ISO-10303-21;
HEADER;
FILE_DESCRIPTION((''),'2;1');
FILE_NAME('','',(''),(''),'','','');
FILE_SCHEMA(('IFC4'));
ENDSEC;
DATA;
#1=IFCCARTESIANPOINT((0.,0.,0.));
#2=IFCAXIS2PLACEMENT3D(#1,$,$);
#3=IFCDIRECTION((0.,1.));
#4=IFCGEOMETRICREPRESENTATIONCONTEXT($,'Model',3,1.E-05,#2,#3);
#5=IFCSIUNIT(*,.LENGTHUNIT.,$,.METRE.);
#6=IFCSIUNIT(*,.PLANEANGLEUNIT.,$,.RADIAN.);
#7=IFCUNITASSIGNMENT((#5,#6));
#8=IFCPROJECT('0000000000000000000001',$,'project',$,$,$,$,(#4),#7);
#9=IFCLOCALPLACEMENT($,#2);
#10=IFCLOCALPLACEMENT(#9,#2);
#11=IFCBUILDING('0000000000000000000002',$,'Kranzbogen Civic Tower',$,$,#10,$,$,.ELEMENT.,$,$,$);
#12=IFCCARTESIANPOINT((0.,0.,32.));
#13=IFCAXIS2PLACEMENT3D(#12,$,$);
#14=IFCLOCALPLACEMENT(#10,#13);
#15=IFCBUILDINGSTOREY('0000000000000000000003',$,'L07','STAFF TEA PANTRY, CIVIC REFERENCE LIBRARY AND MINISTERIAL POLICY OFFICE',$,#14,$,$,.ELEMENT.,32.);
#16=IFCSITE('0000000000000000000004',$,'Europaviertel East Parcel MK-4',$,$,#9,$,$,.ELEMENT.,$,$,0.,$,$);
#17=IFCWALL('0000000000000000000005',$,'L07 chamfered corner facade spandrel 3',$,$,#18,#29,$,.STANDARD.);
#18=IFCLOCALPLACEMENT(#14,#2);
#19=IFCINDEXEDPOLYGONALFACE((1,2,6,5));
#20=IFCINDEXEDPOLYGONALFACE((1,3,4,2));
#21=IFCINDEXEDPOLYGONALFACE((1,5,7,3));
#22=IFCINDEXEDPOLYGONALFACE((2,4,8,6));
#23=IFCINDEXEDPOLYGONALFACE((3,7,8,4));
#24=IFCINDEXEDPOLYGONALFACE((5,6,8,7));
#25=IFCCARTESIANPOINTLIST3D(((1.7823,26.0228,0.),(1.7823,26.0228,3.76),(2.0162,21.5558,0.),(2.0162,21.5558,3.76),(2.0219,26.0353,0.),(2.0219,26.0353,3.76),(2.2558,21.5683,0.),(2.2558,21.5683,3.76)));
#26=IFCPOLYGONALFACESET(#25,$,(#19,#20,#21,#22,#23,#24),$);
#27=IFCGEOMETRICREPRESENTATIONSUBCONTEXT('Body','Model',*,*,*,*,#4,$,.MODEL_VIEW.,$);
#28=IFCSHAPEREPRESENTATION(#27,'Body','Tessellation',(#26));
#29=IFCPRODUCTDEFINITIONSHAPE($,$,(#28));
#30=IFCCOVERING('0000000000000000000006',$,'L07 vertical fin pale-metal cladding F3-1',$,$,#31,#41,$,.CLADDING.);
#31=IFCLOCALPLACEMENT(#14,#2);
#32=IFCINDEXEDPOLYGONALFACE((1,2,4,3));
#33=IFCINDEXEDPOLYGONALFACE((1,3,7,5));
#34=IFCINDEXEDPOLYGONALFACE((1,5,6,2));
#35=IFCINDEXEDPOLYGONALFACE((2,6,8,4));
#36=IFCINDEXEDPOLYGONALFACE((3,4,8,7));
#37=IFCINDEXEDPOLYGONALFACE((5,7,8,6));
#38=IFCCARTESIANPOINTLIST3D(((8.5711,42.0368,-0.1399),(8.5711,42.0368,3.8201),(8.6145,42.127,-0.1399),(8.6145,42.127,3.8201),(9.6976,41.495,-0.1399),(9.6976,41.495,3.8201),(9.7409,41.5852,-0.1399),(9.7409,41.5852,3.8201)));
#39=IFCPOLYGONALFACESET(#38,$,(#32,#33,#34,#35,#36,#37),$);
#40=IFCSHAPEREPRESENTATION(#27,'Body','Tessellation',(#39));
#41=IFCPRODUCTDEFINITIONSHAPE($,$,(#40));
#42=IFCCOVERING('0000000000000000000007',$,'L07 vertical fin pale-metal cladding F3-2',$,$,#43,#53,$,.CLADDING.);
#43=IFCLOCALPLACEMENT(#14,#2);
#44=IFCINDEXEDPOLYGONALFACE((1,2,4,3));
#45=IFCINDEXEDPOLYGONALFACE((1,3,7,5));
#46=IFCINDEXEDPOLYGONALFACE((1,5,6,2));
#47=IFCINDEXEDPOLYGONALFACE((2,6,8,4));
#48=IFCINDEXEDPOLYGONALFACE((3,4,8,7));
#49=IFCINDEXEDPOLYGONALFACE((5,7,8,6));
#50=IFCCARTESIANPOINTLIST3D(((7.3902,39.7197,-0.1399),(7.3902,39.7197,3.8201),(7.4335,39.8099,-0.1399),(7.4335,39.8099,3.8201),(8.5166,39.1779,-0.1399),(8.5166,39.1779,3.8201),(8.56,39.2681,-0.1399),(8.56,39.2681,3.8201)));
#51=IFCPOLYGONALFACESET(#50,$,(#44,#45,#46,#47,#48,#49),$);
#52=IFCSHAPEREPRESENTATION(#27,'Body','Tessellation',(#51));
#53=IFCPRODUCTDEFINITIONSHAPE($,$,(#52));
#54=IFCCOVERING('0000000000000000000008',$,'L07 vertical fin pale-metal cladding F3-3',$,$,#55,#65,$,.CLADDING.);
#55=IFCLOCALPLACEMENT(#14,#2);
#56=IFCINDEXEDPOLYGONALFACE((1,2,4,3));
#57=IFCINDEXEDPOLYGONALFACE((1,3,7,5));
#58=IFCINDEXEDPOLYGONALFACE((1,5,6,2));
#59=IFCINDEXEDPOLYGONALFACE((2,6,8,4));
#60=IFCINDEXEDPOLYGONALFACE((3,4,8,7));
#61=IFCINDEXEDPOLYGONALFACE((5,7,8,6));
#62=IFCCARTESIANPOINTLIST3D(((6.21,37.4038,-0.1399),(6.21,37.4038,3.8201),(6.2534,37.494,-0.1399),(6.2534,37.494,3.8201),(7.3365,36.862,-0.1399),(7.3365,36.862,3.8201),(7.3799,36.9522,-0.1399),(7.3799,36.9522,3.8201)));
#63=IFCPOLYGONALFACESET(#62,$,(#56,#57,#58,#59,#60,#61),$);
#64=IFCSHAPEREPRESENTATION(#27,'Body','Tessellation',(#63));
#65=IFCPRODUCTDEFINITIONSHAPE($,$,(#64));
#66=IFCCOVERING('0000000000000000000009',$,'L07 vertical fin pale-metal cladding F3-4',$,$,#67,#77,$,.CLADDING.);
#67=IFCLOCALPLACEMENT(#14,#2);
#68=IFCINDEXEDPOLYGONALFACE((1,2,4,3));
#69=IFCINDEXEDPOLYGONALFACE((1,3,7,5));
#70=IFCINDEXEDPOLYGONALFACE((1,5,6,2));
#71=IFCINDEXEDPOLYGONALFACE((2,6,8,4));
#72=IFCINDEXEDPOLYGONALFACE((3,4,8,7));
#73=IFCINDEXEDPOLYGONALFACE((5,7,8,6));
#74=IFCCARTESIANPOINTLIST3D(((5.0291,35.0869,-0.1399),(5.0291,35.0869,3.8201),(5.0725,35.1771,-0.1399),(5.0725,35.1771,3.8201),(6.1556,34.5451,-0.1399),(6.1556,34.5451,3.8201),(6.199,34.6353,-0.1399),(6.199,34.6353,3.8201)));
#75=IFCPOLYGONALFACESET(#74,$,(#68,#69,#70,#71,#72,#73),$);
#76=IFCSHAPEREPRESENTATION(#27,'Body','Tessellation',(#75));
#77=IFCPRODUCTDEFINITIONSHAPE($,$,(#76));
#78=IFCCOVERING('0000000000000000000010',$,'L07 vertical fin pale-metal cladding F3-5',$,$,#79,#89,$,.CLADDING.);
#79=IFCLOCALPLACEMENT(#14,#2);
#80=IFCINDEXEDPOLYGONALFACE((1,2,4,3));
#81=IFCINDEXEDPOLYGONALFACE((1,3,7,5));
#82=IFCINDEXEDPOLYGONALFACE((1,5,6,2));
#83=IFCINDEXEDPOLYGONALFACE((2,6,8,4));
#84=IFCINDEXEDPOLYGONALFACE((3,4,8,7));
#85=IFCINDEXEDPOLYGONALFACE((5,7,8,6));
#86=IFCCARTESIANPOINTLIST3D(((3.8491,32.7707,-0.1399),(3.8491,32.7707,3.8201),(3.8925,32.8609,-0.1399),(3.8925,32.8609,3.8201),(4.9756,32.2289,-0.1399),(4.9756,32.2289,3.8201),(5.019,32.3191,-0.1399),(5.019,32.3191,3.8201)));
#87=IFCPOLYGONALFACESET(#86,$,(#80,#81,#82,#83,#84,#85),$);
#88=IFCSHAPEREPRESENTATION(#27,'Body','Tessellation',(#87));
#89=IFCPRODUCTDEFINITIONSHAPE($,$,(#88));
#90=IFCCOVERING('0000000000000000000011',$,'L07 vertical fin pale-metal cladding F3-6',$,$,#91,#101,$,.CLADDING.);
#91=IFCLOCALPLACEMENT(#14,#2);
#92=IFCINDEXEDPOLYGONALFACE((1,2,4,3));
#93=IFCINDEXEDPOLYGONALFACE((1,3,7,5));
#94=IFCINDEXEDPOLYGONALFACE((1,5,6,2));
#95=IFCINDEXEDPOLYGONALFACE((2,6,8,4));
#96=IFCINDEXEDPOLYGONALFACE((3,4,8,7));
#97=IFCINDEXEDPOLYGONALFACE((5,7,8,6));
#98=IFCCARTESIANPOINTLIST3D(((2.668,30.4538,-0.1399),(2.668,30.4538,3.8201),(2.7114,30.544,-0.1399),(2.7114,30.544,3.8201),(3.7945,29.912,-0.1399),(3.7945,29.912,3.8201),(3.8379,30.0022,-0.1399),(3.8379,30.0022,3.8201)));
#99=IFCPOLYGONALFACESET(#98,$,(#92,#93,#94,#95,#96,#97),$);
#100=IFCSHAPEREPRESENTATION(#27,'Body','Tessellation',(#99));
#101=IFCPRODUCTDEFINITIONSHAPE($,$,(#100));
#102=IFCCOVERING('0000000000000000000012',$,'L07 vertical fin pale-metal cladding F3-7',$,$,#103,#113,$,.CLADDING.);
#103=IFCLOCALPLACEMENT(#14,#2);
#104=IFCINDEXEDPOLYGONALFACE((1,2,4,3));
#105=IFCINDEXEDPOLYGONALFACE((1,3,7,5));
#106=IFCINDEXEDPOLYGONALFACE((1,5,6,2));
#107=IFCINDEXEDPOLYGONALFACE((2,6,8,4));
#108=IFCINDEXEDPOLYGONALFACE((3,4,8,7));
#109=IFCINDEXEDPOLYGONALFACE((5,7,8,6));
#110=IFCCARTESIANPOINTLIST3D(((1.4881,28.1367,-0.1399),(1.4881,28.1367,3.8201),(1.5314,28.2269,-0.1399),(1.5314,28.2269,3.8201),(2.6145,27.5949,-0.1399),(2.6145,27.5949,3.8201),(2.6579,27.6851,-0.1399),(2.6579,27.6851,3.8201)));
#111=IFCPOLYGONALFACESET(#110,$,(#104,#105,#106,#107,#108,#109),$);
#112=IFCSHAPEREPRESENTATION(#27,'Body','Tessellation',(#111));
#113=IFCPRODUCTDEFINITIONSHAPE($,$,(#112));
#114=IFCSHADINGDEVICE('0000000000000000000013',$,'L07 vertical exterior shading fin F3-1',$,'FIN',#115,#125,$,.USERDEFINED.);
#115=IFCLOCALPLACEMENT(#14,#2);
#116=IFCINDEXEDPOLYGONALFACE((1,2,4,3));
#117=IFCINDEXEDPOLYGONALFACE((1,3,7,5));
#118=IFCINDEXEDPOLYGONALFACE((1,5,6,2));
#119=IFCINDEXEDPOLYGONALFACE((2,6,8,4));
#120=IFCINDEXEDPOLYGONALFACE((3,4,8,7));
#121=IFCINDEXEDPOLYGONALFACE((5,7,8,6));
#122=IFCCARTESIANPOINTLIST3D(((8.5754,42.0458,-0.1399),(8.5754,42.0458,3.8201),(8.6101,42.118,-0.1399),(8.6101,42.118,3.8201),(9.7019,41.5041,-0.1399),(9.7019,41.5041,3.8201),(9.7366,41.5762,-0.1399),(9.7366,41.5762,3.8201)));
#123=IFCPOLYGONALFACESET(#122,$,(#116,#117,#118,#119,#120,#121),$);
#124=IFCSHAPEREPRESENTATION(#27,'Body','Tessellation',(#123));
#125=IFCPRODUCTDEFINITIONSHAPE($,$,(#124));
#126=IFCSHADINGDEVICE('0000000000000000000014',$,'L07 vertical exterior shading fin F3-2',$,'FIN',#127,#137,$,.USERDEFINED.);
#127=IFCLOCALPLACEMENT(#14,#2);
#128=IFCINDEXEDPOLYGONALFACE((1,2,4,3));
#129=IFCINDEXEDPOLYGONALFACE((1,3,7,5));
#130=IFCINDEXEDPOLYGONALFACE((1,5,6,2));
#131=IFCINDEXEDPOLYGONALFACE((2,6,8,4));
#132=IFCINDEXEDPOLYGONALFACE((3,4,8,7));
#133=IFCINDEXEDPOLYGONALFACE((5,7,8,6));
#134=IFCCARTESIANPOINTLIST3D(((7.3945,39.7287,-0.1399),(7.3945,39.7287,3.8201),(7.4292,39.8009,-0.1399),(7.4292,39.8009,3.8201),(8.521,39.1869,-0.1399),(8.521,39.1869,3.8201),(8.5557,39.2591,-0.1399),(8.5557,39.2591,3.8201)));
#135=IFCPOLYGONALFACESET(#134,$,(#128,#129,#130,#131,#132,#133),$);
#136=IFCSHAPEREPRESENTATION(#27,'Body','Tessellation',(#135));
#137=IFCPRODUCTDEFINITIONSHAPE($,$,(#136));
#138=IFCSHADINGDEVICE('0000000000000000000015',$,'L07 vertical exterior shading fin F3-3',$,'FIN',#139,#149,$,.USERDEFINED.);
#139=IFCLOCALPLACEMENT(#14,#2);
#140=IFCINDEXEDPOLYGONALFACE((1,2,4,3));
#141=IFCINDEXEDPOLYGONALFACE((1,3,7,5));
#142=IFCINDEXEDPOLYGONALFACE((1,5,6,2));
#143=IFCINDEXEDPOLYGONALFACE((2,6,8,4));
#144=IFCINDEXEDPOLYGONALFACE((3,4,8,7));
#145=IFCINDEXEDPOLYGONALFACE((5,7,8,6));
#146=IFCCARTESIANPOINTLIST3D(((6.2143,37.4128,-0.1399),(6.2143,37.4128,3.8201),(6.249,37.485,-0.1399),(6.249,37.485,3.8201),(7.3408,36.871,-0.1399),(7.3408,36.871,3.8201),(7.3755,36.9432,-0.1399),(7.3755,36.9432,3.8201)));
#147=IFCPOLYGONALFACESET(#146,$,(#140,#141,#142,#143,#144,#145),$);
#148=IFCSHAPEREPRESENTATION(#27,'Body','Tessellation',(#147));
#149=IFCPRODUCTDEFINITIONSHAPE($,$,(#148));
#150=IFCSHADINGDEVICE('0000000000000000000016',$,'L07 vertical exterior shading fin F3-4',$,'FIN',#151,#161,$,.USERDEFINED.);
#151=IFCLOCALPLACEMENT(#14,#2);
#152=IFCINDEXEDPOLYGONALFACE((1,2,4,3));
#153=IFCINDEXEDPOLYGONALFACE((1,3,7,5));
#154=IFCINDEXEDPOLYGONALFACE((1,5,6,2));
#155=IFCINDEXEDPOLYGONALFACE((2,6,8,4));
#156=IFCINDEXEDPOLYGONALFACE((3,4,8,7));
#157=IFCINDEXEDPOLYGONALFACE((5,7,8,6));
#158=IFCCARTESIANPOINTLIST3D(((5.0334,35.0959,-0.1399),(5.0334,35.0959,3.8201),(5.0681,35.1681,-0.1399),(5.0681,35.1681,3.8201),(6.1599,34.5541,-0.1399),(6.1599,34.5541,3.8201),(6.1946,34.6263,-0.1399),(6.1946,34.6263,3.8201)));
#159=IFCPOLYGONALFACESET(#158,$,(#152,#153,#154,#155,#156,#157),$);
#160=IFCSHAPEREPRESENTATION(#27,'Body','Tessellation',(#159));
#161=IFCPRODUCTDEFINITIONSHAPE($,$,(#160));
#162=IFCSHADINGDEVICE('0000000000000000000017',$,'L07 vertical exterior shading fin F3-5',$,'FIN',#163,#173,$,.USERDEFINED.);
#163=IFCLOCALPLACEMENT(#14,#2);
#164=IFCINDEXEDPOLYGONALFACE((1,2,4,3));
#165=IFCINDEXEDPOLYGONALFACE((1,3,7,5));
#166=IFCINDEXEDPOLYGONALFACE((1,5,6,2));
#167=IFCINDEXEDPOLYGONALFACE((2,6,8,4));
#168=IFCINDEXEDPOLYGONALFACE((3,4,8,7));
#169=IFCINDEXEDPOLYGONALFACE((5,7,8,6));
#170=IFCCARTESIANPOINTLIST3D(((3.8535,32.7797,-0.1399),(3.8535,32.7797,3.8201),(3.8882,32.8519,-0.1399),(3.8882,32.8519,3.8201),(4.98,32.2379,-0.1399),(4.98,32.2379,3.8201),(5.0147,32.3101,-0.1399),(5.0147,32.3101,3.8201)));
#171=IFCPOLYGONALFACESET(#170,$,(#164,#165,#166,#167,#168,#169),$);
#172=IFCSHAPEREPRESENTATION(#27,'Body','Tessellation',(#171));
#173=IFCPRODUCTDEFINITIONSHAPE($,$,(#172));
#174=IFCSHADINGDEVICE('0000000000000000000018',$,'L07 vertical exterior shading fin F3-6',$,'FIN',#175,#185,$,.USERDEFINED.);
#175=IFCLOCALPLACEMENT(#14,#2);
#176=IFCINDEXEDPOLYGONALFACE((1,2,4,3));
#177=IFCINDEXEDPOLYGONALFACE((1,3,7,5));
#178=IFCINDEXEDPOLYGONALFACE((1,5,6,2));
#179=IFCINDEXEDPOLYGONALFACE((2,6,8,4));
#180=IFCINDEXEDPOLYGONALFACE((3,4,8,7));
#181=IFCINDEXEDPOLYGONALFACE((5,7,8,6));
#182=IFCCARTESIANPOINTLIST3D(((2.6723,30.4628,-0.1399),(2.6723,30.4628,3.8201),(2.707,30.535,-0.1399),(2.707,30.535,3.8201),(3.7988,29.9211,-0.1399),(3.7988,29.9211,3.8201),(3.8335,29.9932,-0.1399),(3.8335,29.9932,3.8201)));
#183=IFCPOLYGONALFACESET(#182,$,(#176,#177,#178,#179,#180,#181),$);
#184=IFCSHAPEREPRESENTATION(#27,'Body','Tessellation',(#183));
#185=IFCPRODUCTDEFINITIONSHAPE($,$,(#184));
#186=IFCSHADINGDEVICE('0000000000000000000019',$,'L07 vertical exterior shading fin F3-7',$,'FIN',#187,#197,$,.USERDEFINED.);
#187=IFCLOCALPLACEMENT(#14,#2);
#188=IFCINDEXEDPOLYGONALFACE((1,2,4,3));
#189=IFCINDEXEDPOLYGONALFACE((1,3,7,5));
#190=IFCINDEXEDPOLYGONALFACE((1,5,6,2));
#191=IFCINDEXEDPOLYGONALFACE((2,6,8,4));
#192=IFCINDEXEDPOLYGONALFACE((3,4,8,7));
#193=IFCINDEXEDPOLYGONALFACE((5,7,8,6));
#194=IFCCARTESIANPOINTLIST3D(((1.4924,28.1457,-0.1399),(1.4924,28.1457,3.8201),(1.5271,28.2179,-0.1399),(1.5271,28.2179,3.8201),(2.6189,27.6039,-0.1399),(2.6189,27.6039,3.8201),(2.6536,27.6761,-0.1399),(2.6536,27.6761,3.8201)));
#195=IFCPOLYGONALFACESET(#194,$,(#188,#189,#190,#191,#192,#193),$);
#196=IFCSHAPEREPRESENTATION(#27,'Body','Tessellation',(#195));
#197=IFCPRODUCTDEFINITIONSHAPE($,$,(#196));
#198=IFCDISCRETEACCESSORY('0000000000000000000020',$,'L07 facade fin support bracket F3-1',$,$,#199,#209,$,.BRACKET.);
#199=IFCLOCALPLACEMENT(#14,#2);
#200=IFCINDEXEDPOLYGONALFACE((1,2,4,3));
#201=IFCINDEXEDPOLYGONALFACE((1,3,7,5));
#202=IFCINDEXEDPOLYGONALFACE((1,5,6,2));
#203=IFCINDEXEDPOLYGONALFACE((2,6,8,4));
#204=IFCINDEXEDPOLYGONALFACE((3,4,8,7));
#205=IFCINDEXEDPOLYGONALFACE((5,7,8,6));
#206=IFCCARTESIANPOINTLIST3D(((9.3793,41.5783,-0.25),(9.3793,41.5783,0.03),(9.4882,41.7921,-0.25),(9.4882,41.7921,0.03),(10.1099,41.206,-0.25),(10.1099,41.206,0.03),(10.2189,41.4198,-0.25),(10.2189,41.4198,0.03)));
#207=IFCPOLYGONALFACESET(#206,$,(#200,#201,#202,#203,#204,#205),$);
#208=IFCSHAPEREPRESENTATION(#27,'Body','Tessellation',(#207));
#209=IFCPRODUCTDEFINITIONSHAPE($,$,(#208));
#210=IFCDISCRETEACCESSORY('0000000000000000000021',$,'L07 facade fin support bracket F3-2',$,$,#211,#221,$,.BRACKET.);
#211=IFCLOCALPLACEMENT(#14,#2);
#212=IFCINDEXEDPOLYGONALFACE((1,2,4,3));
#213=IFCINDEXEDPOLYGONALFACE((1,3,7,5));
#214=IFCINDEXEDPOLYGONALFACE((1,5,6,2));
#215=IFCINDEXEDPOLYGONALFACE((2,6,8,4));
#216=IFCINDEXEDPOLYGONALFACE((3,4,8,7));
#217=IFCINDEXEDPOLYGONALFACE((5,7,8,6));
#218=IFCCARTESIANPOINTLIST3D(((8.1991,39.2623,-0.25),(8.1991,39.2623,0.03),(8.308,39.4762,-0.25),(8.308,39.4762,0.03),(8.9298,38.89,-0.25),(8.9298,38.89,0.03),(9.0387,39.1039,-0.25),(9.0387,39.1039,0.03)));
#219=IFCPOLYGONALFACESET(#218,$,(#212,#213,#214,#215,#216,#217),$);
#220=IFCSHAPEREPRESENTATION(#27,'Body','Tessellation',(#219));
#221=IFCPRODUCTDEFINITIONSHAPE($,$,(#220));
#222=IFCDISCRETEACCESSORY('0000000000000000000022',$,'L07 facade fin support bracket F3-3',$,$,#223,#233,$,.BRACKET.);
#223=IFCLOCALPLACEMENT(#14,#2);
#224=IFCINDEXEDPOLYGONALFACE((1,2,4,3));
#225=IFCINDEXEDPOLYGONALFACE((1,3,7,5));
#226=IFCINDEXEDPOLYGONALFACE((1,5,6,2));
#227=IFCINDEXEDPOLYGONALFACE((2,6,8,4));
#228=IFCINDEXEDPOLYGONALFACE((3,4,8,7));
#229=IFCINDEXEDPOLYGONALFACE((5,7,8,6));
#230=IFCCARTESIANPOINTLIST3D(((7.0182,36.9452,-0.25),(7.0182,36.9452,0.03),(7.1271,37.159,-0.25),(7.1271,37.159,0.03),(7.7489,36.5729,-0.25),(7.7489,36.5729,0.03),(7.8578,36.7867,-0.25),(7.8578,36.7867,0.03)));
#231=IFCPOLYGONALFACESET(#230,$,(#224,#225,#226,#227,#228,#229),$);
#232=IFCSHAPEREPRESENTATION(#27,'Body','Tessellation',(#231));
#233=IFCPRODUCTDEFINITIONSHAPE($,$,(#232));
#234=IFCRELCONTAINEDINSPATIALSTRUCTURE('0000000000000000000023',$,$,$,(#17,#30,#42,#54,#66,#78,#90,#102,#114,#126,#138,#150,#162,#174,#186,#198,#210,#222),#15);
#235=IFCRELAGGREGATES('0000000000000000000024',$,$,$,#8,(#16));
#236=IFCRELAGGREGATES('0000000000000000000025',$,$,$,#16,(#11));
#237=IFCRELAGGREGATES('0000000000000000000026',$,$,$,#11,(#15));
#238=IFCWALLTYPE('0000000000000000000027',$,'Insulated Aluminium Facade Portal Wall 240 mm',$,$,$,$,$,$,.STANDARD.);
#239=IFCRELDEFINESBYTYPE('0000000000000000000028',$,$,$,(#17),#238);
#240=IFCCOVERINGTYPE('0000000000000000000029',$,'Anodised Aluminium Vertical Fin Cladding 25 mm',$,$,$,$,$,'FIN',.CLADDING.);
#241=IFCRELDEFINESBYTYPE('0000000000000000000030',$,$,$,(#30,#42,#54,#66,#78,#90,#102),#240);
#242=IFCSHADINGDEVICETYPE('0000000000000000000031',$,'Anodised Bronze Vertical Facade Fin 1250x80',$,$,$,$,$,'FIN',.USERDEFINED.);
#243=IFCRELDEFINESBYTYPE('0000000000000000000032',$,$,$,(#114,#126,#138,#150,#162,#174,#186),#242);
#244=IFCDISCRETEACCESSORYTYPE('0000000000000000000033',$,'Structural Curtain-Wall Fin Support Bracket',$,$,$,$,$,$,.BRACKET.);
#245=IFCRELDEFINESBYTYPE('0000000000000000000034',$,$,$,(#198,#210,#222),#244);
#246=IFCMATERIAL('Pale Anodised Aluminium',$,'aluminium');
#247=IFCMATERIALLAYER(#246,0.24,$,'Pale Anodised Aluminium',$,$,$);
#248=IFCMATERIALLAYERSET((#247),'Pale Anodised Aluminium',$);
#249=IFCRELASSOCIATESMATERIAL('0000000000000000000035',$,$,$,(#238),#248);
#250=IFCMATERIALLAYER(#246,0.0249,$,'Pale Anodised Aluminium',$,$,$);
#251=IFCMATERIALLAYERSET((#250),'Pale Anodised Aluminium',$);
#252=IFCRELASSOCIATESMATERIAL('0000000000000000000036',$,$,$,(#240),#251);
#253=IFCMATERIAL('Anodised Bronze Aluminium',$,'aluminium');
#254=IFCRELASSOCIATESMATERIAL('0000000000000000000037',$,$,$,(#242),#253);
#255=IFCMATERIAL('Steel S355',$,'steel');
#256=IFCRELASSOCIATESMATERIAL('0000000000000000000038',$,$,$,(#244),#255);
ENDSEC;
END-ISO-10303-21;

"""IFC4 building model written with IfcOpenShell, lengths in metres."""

from ifc_helpers import new_model, si_unit, direction, frame, frame_2d, origin, origin_2d, place, context, subcontext, project, spatial, rectangle, extrude, material, layer, layer_set, type_object, element, save


model = new_model("IFC4")

# Units and contexts
model_context = context("Model", 3, precision=1e-05, world=origin(), true_north=direction((0.0, 1.0)))
body_context = subcontext(model_context, "Body", "Model", "MODEL_VIEW")
ifc_project = project(units=[si_unit("LENGTHUNIT", "METRE"), si_unit("PLANEANGLEUNIT", "RADIAN")], contexts=[model_context])

# Site, building, storey
site_placement = place(None, origin())
site = spatial("IfcSite", under=ifc_project, at=site_placement, Name="Europaviertel East Parcel MK-4", CompositionType="ELEMENT", RefElevation=0.0)
building_placement = place(site_placement, origin())
building = spatial("IfcBuilding", under=site, at=building_placement, Name="Kranzbogen Civic Tower", CompositionType="ELEMENT")
storey_placement = place(building_placement, frame((0.0, 0.0, 32.0)))
storey = spatial("IfcBuildingStorey", under=building, at=storey_placement, Name="L07", Description="STAFF TEA PANTRY, CIVIC REFERENCE LIBRARY AND MINISTERIAL POLICY OFFICE", CompositionType="ELEMENT", Elevation=32.0)

# Shared definitions
ifc_material_1 = material(Name="Pale Anodised Aluminium", Category="aluminium")

# Shared definitions
ifc_material_2 = material(Name="Steel S355", Category="steel")

# Wall
ifc_layer_1 = layer(ifc_material_1, 0.24, Name="Pale Anodised Aluminium")
ifc_layer_set_1 = layer_set([ifc_layer_1], Name="Pale Anodised Aluminium")
wall_type = type_object("IfcWallType", Name="Insulated Aluminium Facade Portal Wall 240 mm", PredefinedType="STANDARD", material=ifc_layer_set_1)
wall_placement = place(storey_placement, frame((1.9021, 26.0291, 0.0), z_axis=(0.0, 0.0, 1.0), x_axis=(0.052287, -0.998632, 0.0)))
element("IfcWall", 1, at=wall_placement, inside=storey, type_object=wall_type, Name="L07 chamfered corner facade spandrel 3", PredefinedType="STANDARD", context=body_context, shape_type="SweptSolid", body=[
    extrude(rectangle(XDim=4.4731, YDim=0.24, at=frame_2d((2.2366, 0.0))), origin(), (0.0, 0.0, 1.0), 3.76),
])

# Coverings
ifc_layer_2 = layer(ifc_material_1, 0.0249, Name="Pale Anodised Aluminium")
ifc_layer_set_2 = layer_set([ifc_layer_2], Name="Pale Anodised Aluminium")
covering_type = type_object("IfcCoveringType", Name="Anodised Aluminium Vertical Fin Cladding 25 mm", ElementType="FIN", PredefinedType="CLADDING", material=ifc_layer_set_2)
for number, where, z_axis, x_axis, name in (
    (2, (9.156, 41.811, -0.1399), (0.0, 0.0, 1.0), (-0.901191, 0.433423, 0.0), "L07 vertical fin pale-metal cladding F3-1"),
    (3, (7.9751, 39.4939, -0.1399), (0.0, 0.0, 1.0), (-0.901191, 0.433423, 0.0), "L07 vertical fin pale-metal cladding F3-2"),
    (4, (6.7949, 37.178, -0.1399), (0.0, 0.0, 1.0), (-0.901191, 0.433423, 0.0), "L07 vertical fin pale-metal cladding F3-3"),
    (5, (5.614, 34.8611, -0.1399), (0.0, 0.0, 1.0), (-0.901191, 0.433423, 0.0), "L07 vertical fin pale-metal cladding F3-4"),
    (6, (4.4341, 32.5449, -0.1399), (0.0, 0.0, 1.0), (-0.901191, 0.433423, 0.0), "L07 vertical fin pale-metal cladding F3-5"),
    (7, (3.2529, 30.228, -0.1399), (0.0, 0.0, 1.0), (-0.901191, 0.433423, 0.0), "L07 vertical fin pale-metal cladding F3-6"),
    (8, (2.073, 27.9109, -0.1399), (0.0, 0.0, 1.0), (-0.901191, 0.433423, 0.0), "L07 vertical fin pale-metal cladding F3-7"),
):
    element("IfcCovering", number, at=place(storey_placement, frame(where, z_axis=z_axis, x_axis=x_axis)), inside=storey, type_object=covering_type, Name=name, PredefinedType="CLADDING", context=body_context, shape_type="SweptSolid", body=[
        extrude(rectangle(XDim=1.25, YDim=0.1001, at=origin_2d()), origin(), (0.0, 0.0, 1.0), 3.96),
    ])

# Shading devices
ifc_material_3 = material(Name="Anodised Bronze Aluminium", Category="aluminium")
shading_device_type = type_object("IfcShadingDeviceType", Name="Anodised Bronze Vertical Facade Fin 1250x80", ElementType="FIN", PredefinedType="USERDEFINED", material=ifc_material_3)
for number, where, z_axis, x_axis, name in (
    (9, (9.156, 41.811, -0.1399), (0.0, 0.0, 1.0), (-0.901191, 0.433423, 0.0), "L07 vertical exterior shading fin F3-1"),
    (10, (7.9751, 39.4939, -0.1399), (0.0, 0.0, 1.0), (-0.901191, 0.433423, 0.0), "L07 vertical exterior shading fin F3-2"),
    (11, (6.7949, 37.178, -0.1399), (0.0, 0.0, 1.0), (-0.901191, 0.433423, 0.0), "L07 vertical exterior shading fin F3-3"),
    (12, (5.614, 34.8611, -0.1399), (0.0, 0.0, 1.0), (-0.901191, 0.433423, 0.0), "L07 vertical exterior shading fin F3-4"),
    (13, (4.4341, 32.5449, -0.1399), (0.0, 0.0, 1.0), (-0.901191, 0.433423, 0.0), "L07 vertical exterior shading fin F3-5"),
    (14, (3.2529, 30.228, -0.1399), (0.0, 0.0, 1.0), (-0.901191, 0.433423, 0.0), "L07 vertical exterior shading fin F3-6"),
    (15, (2.073, 27.9109, -0.1399), (0.0, 0.0, 1.0), (-0.901191, 0.433423, 0.0), "L07 vertical exterior shading fin F3-7"),
):
    element("IfcShadingDevice", number, at=place(storey_placement, frame(where, z_axis=z_axis, x_axis=x_axis)), inside=storey, type_object=shading_device_type, Name=name, ObjectType="FIN", PredefinedType="USERDEFINED", context=body_context, shape_type="SweptSolid", body=[
        extrude(rectangle(XDim=1.25, YDim=0.0801, at=origin_2d()), origin(), (0.0, 0.0, 1.0), 3.96),
    ])

# Discrete accessories
discrete_accessory_type = type_object("IfcDiscreteAccessoryType", Name="Structural Curtain-Wall Fin Support Bracket", PredefinedType="BRACKET", material=ifc_material_2)
for number, where, z_axis, x_axis, name in (
    (16, (9.7991, 41.499, -0.25), (0.0, 0.0, 1.0), (-0.891007, 0.45399, 0.0), "L07 facade fin support bracket F3-1"),
    (17, (8.6189, 39.1831, -0.25), (0.0, 0.0, 1.0), (-0.891007, 0.45399, 0.0), "L07 facade fin support bracket F3-2"),
    (18, (7.438, 36.866, -0.25), (0.0, 0.0, 1.0), (-0.891007, 0.45399, 0.0), "L07 facade fin support bracket F3-3"),
):
    element("IfcDiscreteAccessory", number, at=place(storey_placement, frame(where, z_axis=z_axis, x_axis=x_axis)), inside=storey, type_object=discrete_accessory_type, Name=name, PredefinedType="BRACKET", context=body_context, shape_type="SweptSolid", body=[
        extrude(rectangle(XDim=0.8201, YDim=0.24, at=origin_2d()), origin(), (0.0, 0.0, 1.0), 0.28),
    ])

save(model, "model.ifc")
